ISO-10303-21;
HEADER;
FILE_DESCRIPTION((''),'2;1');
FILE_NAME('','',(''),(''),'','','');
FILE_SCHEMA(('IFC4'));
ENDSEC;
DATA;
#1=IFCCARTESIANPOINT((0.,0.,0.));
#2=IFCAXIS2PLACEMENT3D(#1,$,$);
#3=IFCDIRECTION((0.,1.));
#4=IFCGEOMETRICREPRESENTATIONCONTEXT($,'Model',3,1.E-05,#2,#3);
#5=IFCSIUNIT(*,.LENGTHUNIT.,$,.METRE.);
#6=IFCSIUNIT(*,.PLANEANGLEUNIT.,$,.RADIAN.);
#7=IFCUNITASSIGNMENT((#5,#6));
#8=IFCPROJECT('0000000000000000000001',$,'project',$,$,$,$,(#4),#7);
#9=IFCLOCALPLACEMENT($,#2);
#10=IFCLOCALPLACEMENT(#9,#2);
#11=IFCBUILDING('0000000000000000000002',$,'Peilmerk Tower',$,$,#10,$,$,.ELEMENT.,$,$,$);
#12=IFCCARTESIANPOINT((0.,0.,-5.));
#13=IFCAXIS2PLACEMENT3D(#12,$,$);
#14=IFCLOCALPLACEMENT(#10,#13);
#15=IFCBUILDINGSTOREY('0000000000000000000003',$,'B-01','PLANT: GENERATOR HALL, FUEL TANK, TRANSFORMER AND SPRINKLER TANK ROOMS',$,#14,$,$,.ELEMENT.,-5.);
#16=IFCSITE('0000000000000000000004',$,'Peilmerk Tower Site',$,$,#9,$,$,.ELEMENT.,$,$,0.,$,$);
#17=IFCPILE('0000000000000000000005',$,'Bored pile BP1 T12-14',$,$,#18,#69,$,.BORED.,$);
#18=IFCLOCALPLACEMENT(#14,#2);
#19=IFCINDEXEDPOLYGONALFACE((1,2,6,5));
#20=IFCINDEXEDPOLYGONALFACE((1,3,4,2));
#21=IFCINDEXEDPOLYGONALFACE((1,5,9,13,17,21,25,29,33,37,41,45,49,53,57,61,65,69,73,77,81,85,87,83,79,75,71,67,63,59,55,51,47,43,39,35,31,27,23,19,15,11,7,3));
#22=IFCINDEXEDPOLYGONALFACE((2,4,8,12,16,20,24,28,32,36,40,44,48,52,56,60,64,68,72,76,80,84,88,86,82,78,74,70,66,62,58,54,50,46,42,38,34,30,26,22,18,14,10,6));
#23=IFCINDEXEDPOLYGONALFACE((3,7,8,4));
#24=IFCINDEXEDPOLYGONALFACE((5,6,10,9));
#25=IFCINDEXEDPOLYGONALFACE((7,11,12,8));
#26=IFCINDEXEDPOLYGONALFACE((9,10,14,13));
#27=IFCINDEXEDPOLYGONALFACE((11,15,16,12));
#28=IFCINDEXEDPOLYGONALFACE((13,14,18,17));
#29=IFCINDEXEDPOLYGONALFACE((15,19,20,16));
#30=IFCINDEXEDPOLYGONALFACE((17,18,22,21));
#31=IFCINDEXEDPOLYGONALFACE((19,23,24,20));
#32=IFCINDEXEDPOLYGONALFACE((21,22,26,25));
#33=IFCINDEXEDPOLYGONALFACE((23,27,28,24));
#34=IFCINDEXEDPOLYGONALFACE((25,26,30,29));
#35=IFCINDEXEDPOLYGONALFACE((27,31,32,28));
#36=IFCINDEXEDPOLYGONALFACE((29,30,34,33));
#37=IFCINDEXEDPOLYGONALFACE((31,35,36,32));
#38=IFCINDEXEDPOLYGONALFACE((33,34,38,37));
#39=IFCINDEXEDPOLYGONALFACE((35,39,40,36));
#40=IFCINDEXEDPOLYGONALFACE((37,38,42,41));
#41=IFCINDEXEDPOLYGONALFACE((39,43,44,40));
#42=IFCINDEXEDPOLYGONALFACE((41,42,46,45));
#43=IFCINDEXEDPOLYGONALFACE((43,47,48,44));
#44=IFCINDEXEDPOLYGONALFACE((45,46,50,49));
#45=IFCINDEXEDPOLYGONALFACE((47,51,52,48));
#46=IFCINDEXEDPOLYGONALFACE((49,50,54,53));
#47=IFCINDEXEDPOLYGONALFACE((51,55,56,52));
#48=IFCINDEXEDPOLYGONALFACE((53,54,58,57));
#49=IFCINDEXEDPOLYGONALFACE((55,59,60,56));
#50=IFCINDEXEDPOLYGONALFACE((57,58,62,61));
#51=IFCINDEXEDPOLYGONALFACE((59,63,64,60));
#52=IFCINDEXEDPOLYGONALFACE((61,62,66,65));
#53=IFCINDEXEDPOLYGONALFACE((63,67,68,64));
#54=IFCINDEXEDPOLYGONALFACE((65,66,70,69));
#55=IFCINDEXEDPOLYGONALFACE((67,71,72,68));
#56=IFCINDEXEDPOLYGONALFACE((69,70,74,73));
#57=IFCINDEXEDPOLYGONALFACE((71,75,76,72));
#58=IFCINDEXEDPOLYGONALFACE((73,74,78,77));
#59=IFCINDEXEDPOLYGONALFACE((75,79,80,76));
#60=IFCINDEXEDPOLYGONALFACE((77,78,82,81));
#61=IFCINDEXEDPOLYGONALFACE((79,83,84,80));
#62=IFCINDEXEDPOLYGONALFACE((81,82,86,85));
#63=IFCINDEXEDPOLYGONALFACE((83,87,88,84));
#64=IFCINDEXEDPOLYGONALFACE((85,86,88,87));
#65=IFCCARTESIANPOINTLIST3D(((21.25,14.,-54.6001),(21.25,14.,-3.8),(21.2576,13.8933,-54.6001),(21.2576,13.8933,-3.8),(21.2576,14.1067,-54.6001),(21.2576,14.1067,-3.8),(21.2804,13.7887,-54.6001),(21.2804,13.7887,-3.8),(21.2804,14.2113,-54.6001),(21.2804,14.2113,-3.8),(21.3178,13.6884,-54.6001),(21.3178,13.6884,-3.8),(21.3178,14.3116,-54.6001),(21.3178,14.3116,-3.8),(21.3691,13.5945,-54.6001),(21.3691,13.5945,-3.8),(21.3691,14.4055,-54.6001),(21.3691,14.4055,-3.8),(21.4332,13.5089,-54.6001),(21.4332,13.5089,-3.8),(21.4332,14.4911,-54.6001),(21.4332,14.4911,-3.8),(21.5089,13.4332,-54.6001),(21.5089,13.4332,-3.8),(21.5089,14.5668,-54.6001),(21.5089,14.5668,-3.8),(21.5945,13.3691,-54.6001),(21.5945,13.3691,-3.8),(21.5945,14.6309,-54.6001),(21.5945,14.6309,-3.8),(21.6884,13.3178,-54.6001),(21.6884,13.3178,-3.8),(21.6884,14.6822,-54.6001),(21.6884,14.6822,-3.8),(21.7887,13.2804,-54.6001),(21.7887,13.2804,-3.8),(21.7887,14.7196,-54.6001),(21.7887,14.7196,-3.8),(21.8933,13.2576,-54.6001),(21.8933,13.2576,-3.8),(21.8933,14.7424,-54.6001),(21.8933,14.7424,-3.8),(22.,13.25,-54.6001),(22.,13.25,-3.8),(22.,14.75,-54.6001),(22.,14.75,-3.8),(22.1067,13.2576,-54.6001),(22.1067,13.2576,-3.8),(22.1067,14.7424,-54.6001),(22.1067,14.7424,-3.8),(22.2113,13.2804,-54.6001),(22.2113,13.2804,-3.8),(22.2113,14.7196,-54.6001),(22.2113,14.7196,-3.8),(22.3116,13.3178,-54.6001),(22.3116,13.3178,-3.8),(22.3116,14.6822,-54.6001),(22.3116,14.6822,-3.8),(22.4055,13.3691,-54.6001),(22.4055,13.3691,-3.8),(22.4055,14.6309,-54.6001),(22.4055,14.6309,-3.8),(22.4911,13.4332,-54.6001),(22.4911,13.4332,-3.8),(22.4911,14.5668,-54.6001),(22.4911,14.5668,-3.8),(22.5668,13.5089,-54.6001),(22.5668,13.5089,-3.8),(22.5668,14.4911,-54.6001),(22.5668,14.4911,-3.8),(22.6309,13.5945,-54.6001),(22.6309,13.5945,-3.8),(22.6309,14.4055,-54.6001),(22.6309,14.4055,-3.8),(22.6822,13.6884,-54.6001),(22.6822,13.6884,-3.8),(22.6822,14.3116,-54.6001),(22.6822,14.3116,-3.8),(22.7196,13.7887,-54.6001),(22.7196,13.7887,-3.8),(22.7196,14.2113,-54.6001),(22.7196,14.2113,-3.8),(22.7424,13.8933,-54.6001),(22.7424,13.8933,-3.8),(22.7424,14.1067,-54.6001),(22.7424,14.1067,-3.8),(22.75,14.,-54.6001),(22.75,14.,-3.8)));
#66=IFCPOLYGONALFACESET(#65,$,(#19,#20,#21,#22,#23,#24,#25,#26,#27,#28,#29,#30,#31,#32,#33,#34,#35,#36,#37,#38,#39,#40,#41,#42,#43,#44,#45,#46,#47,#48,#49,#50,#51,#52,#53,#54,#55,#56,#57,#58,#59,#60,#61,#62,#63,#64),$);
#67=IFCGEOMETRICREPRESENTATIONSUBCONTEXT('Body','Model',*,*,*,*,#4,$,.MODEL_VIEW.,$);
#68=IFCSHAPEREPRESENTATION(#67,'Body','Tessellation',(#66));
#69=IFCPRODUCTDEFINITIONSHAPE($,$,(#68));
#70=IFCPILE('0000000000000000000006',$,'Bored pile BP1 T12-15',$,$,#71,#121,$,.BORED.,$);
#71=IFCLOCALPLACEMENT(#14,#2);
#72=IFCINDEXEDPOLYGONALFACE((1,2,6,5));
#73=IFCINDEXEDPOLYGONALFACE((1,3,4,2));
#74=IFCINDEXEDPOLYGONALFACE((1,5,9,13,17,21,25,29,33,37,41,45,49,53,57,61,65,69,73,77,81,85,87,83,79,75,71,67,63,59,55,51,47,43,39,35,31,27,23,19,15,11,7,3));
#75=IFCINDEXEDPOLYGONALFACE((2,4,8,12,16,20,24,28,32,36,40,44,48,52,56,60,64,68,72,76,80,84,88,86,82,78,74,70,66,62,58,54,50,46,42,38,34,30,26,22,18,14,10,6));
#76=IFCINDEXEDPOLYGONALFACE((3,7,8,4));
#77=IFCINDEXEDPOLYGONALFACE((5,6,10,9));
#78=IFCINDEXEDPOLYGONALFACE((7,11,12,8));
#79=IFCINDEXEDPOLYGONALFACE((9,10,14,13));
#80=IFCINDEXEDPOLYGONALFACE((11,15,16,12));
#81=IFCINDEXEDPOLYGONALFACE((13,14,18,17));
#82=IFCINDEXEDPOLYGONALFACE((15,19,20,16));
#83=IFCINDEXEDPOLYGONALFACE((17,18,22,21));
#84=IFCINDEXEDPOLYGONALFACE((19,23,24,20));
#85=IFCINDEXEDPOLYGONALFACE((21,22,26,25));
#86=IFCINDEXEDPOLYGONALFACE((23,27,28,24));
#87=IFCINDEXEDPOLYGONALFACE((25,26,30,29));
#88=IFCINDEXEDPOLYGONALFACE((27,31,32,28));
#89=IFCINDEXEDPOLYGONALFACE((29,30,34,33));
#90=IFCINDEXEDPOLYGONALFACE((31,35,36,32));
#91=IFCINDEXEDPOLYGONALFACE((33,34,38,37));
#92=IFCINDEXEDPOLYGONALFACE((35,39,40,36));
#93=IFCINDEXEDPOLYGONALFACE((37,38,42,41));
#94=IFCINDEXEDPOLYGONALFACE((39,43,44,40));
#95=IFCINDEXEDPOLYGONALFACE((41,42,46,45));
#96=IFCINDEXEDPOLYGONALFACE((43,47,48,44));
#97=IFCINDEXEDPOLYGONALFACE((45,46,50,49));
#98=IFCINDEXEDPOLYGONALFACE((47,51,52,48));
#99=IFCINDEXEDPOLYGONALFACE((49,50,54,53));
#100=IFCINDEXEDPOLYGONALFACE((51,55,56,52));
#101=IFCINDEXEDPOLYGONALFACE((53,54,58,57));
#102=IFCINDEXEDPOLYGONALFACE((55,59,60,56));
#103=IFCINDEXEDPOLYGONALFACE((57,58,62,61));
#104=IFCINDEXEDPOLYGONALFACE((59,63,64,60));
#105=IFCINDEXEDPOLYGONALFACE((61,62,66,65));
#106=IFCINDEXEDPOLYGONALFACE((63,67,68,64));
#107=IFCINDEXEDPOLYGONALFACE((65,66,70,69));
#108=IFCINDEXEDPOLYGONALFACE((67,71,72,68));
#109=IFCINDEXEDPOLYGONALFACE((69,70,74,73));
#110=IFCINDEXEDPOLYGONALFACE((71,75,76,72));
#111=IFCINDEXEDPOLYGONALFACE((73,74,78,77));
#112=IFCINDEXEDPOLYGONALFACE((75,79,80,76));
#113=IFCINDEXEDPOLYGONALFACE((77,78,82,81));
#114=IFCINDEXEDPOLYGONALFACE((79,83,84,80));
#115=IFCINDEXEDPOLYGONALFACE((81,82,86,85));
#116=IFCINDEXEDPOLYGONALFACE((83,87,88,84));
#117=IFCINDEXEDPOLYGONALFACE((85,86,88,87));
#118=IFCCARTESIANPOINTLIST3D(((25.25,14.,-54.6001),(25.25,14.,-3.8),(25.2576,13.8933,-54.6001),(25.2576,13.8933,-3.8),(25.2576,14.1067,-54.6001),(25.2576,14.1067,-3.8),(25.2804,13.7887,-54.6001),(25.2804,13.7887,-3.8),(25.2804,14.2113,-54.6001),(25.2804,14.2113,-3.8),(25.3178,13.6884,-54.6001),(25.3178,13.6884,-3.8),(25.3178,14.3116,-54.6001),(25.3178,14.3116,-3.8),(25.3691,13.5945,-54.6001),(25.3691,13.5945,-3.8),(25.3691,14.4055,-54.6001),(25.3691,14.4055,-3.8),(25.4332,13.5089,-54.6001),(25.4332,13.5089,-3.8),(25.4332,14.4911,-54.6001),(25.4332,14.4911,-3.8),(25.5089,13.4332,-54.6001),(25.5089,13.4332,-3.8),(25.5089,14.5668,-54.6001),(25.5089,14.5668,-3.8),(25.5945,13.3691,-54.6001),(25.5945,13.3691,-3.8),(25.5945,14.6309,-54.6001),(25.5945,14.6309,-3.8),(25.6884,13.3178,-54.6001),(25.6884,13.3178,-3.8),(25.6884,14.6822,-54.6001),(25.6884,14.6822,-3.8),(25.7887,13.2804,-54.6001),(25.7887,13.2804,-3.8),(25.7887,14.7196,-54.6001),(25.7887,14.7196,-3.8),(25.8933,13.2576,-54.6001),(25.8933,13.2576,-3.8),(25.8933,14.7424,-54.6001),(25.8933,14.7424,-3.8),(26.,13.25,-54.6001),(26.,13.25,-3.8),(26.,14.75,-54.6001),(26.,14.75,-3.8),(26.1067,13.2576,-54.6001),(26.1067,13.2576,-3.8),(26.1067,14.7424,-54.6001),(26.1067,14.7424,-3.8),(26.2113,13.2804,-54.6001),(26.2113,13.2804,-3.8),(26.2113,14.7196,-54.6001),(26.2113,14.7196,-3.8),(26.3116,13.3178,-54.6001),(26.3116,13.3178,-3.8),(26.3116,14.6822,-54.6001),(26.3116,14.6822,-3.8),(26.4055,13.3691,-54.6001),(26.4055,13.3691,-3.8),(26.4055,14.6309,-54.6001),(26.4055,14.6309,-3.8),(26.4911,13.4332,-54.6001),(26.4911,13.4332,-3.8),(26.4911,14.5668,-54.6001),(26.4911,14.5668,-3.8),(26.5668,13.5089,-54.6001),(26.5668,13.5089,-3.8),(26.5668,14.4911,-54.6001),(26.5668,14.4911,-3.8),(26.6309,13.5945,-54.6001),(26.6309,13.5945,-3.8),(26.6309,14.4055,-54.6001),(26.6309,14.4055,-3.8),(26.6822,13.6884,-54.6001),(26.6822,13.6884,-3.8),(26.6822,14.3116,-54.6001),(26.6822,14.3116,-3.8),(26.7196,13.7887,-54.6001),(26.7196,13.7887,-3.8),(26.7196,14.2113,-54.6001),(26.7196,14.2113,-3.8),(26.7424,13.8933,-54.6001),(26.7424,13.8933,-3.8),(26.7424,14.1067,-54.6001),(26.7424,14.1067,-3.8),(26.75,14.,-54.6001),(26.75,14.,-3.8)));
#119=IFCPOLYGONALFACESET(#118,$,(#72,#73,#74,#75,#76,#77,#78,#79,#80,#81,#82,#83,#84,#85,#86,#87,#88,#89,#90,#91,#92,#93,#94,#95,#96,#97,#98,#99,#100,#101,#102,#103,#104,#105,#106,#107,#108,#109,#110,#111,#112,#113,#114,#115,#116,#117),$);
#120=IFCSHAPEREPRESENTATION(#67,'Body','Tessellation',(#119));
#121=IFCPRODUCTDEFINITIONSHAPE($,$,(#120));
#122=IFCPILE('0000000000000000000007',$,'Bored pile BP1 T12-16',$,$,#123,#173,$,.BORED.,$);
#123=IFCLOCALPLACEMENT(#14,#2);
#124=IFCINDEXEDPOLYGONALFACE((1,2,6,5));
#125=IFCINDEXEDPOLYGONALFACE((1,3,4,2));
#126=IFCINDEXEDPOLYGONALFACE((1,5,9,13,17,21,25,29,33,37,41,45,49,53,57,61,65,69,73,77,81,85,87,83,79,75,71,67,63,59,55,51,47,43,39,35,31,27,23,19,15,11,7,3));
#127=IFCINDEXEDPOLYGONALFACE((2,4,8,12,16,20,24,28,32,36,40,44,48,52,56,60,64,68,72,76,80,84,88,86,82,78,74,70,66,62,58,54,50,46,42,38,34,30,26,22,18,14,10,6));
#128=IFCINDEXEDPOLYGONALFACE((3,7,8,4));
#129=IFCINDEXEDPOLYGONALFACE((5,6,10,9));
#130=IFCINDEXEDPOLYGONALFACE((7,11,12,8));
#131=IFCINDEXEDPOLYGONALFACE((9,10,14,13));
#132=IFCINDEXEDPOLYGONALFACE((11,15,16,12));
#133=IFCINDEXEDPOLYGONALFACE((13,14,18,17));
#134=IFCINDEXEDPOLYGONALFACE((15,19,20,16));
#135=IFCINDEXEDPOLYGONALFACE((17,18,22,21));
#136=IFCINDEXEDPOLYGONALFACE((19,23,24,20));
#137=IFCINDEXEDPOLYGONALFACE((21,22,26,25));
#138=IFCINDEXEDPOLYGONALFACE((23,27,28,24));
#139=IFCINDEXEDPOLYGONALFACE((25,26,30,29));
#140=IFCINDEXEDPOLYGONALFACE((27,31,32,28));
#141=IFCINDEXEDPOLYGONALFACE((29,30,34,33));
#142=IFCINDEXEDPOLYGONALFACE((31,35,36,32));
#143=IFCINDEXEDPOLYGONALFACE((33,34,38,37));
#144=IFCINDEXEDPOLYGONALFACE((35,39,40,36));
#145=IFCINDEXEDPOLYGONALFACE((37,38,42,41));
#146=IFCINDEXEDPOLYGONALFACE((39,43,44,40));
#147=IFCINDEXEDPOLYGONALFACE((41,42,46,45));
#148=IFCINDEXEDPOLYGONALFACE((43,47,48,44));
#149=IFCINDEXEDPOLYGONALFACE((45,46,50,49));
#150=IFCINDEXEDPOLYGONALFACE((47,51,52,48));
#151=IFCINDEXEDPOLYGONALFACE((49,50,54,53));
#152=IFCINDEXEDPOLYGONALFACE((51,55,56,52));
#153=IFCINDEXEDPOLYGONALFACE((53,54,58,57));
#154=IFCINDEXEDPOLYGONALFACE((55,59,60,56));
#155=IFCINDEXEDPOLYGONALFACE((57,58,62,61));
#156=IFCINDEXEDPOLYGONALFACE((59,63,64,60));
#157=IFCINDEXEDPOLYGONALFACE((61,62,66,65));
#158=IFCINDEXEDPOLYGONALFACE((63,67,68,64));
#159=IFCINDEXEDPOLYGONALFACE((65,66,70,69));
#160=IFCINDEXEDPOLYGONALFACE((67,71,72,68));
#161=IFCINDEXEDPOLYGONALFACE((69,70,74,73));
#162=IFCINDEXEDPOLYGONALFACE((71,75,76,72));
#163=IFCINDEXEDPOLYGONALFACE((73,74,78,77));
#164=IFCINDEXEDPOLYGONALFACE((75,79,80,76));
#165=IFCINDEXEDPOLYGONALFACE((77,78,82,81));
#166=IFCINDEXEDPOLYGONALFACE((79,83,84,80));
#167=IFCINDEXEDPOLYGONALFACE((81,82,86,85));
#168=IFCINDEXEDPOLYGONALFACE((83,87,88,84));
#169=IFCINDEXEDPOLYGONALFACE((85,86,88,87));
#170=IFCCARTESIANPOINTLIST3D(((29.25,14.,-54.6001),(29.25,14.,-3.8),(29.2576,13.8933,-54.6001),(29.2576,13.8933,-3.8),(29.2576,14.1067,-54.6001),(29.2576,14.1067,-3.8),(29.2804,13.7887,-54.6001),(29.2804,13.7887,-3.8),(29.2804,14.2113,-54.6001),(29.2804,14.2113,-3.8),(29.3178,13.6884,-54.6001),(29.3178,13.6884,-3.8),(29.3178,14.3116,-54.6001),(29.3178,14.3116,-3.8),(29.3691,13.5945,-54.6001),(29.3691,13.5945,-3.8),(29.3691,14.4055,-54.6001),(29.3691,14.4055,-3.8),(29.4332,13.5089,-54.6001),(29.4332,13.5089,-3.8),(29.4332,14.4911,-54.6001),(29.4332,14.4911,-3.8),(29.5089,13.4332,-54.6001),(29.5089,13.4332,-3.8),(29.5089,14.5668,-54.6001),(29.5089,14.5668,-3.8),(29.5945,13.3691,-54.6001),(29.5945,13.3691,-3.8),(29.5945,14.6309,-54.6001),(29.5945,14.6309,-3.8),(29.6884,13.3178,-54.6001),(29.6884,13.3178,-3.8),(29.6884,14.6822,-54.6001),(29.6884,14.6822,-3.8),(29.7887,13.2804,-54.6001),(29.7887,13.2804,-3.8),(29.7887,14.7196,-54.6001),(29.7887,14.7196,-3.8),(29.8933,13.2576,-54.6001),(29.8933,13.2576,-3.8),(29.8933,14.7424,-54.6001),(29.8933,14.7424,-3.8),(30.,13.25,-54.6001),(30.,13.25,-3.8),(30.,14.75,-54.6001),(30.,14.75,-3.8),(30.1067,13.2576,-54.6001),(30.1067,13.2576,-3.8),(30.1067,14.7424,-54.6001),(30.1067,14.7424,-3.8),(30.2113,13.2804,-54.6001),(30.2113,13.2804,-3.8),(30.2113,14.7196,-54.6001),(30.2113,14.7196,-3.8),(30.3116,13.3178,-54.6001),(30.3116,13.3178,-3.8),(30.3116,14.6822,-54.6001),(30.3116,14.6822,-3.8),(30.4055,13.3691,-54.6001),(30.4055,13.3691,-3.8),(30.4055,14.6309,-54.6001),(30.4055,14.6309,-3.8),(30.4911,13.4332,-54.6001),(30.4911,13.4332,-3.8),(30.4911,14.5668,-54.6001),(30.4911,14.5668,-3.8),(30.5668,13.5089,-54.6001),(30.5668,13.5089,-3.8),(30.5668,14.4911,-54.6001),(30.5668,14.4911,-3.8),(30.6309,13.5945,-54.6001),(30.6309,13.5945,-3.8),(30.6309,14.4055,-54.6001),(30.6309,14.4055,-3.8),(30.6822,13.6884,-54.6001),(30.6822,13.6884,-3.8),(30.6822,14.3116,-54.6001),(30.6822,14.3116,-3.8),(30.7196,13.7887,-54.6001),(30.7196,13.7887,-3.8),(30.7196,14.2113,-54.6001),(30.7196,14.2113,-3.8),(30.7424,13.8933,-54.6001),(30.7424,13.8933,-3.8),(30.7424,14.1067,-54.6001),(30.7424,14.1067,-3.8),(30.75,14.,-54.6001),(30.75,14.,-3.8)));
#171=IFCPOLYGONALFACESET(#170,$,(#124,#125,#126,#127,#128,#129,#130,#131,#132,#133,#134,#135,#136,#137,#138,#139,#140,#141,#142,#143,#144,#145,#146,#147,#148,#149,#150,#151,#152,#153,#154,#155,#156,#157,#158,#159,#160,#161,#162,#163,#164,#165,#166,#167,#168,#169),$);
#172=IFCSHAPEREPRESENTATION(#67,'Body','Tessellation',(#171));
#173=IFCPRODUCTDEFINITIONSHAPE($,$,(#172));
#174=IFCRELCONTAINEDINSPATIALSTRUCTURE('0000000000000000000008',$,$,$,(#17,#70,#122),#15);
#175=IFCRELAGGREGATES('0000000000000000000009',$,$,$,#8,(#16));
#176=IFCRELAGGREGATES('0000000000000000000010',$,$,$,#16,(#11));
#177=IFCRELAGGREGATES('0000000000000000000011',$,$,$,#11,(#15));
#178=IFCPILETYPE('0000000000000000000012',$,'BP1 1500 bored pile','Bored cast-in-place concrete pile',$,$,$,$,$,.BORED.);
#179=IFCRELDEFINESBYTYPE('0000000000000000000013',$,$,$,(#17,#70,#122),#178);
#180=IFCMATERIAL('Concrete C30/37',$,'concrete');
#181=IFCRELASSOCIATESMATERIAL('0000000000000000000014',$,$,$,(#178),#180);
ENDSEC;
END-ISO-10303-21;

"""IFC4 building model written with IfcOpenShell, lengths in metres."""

from ifc_helpers import new_model, si_unit, direction, frame, origin, origin_2d, place, context, subcontext, project, spatial, circle, extrude, material, material_profile, profile_set, type_object, element, save


model = new_model("IFC4")

# Units and contexts
model_context = context("Model", 3, precision=1e-05, world=origin(), true_north=direction((0.0, 1.0)))
body_context = subcontext(model_context, "Body", "Model", "MODEL_VIEW")
ifc_project = project(units=[si_unit("LENGTHUNIT", "METRE"), si_unit("PLANEANGLEUNIT", "RADIAN")], contexts=[model_context])

# Site, building, storey
site_placement = place(None, origin())
site = spatial("IfcSite", under=ifc_project, at=site_placement, Name="Peilmerk Tower Site", CompositionType="ELEMENT", RefElevation=0.0)
building_placement = place(site_placement, origin())
building = spatial("IfcBuilding", under=site, at=building_placement, Name="Peilmerk Tower", CompositionType="ELEMENT")
storey_placement = place(building_placement, frame((0.0, 0.0, -5.0)))
storey = spatial("IfcBuildingStorey", under=building, at=storey_placement, Name="B-01", Description="PLANT: GENERATOR HALL, FUEL TANK, TRANSFORMER AND SPRINKLER TANK ROOMS", CompositionType="ELEMENT", Elevation=-5.0)

# Piles
ifc_material_1 = material(Name="Concrete C30/37", Category="concrete")
ifc_material_profile_1 = material_profile(ifc_material_1, circle(Radius=0.75, at=origin_2d()), Name="BP 1500")
ifc_profile_set_1 = profile_set([ifc_material_profile_1], Name="Concrete C30/37")
pile_type_1 = type_object("IfcPileType", Name="BP1 1500 bored pile", Description="Bored cast-in-place concrete pile", PredefinedType="BORED", material=ifc_profile_set_1)
for number, where, z_axis, x_axis, name in (
    (1, (22.0, 14.0, -3.8), (0.0, 0.0, -1.0), (1.0, 0.0, 0.0), "Bored pile BP1 T12-14"),
    (2, (26.0, 14.0, -3.8), (0.0, 0.0, -1.0), (1.0, 0.0, 0.0), "Bored pile BP1 T12-15"),
    (3, (30.0, 14.0, -3.8), (0.0, 0.0, -1.0), (1.0, 0.0, 0.0), "Bored pile BP1 T12-16"),
):
    element("IfcPile", number, at=place(storey_placement, frame(where, z_axis=z_axis, x_axis=x_axis)), inside=storey, type_object=pile_type_1, Name=name, PredefinedType="BORED", context=body_context, shape_type="SweptSolid", body=[
        extrude(circle(Radius=0.75, at=origin_2d()), origin(), (0.0, 0.0, 1.0), 50.8),
    ])

save(model, "model.ifc")
